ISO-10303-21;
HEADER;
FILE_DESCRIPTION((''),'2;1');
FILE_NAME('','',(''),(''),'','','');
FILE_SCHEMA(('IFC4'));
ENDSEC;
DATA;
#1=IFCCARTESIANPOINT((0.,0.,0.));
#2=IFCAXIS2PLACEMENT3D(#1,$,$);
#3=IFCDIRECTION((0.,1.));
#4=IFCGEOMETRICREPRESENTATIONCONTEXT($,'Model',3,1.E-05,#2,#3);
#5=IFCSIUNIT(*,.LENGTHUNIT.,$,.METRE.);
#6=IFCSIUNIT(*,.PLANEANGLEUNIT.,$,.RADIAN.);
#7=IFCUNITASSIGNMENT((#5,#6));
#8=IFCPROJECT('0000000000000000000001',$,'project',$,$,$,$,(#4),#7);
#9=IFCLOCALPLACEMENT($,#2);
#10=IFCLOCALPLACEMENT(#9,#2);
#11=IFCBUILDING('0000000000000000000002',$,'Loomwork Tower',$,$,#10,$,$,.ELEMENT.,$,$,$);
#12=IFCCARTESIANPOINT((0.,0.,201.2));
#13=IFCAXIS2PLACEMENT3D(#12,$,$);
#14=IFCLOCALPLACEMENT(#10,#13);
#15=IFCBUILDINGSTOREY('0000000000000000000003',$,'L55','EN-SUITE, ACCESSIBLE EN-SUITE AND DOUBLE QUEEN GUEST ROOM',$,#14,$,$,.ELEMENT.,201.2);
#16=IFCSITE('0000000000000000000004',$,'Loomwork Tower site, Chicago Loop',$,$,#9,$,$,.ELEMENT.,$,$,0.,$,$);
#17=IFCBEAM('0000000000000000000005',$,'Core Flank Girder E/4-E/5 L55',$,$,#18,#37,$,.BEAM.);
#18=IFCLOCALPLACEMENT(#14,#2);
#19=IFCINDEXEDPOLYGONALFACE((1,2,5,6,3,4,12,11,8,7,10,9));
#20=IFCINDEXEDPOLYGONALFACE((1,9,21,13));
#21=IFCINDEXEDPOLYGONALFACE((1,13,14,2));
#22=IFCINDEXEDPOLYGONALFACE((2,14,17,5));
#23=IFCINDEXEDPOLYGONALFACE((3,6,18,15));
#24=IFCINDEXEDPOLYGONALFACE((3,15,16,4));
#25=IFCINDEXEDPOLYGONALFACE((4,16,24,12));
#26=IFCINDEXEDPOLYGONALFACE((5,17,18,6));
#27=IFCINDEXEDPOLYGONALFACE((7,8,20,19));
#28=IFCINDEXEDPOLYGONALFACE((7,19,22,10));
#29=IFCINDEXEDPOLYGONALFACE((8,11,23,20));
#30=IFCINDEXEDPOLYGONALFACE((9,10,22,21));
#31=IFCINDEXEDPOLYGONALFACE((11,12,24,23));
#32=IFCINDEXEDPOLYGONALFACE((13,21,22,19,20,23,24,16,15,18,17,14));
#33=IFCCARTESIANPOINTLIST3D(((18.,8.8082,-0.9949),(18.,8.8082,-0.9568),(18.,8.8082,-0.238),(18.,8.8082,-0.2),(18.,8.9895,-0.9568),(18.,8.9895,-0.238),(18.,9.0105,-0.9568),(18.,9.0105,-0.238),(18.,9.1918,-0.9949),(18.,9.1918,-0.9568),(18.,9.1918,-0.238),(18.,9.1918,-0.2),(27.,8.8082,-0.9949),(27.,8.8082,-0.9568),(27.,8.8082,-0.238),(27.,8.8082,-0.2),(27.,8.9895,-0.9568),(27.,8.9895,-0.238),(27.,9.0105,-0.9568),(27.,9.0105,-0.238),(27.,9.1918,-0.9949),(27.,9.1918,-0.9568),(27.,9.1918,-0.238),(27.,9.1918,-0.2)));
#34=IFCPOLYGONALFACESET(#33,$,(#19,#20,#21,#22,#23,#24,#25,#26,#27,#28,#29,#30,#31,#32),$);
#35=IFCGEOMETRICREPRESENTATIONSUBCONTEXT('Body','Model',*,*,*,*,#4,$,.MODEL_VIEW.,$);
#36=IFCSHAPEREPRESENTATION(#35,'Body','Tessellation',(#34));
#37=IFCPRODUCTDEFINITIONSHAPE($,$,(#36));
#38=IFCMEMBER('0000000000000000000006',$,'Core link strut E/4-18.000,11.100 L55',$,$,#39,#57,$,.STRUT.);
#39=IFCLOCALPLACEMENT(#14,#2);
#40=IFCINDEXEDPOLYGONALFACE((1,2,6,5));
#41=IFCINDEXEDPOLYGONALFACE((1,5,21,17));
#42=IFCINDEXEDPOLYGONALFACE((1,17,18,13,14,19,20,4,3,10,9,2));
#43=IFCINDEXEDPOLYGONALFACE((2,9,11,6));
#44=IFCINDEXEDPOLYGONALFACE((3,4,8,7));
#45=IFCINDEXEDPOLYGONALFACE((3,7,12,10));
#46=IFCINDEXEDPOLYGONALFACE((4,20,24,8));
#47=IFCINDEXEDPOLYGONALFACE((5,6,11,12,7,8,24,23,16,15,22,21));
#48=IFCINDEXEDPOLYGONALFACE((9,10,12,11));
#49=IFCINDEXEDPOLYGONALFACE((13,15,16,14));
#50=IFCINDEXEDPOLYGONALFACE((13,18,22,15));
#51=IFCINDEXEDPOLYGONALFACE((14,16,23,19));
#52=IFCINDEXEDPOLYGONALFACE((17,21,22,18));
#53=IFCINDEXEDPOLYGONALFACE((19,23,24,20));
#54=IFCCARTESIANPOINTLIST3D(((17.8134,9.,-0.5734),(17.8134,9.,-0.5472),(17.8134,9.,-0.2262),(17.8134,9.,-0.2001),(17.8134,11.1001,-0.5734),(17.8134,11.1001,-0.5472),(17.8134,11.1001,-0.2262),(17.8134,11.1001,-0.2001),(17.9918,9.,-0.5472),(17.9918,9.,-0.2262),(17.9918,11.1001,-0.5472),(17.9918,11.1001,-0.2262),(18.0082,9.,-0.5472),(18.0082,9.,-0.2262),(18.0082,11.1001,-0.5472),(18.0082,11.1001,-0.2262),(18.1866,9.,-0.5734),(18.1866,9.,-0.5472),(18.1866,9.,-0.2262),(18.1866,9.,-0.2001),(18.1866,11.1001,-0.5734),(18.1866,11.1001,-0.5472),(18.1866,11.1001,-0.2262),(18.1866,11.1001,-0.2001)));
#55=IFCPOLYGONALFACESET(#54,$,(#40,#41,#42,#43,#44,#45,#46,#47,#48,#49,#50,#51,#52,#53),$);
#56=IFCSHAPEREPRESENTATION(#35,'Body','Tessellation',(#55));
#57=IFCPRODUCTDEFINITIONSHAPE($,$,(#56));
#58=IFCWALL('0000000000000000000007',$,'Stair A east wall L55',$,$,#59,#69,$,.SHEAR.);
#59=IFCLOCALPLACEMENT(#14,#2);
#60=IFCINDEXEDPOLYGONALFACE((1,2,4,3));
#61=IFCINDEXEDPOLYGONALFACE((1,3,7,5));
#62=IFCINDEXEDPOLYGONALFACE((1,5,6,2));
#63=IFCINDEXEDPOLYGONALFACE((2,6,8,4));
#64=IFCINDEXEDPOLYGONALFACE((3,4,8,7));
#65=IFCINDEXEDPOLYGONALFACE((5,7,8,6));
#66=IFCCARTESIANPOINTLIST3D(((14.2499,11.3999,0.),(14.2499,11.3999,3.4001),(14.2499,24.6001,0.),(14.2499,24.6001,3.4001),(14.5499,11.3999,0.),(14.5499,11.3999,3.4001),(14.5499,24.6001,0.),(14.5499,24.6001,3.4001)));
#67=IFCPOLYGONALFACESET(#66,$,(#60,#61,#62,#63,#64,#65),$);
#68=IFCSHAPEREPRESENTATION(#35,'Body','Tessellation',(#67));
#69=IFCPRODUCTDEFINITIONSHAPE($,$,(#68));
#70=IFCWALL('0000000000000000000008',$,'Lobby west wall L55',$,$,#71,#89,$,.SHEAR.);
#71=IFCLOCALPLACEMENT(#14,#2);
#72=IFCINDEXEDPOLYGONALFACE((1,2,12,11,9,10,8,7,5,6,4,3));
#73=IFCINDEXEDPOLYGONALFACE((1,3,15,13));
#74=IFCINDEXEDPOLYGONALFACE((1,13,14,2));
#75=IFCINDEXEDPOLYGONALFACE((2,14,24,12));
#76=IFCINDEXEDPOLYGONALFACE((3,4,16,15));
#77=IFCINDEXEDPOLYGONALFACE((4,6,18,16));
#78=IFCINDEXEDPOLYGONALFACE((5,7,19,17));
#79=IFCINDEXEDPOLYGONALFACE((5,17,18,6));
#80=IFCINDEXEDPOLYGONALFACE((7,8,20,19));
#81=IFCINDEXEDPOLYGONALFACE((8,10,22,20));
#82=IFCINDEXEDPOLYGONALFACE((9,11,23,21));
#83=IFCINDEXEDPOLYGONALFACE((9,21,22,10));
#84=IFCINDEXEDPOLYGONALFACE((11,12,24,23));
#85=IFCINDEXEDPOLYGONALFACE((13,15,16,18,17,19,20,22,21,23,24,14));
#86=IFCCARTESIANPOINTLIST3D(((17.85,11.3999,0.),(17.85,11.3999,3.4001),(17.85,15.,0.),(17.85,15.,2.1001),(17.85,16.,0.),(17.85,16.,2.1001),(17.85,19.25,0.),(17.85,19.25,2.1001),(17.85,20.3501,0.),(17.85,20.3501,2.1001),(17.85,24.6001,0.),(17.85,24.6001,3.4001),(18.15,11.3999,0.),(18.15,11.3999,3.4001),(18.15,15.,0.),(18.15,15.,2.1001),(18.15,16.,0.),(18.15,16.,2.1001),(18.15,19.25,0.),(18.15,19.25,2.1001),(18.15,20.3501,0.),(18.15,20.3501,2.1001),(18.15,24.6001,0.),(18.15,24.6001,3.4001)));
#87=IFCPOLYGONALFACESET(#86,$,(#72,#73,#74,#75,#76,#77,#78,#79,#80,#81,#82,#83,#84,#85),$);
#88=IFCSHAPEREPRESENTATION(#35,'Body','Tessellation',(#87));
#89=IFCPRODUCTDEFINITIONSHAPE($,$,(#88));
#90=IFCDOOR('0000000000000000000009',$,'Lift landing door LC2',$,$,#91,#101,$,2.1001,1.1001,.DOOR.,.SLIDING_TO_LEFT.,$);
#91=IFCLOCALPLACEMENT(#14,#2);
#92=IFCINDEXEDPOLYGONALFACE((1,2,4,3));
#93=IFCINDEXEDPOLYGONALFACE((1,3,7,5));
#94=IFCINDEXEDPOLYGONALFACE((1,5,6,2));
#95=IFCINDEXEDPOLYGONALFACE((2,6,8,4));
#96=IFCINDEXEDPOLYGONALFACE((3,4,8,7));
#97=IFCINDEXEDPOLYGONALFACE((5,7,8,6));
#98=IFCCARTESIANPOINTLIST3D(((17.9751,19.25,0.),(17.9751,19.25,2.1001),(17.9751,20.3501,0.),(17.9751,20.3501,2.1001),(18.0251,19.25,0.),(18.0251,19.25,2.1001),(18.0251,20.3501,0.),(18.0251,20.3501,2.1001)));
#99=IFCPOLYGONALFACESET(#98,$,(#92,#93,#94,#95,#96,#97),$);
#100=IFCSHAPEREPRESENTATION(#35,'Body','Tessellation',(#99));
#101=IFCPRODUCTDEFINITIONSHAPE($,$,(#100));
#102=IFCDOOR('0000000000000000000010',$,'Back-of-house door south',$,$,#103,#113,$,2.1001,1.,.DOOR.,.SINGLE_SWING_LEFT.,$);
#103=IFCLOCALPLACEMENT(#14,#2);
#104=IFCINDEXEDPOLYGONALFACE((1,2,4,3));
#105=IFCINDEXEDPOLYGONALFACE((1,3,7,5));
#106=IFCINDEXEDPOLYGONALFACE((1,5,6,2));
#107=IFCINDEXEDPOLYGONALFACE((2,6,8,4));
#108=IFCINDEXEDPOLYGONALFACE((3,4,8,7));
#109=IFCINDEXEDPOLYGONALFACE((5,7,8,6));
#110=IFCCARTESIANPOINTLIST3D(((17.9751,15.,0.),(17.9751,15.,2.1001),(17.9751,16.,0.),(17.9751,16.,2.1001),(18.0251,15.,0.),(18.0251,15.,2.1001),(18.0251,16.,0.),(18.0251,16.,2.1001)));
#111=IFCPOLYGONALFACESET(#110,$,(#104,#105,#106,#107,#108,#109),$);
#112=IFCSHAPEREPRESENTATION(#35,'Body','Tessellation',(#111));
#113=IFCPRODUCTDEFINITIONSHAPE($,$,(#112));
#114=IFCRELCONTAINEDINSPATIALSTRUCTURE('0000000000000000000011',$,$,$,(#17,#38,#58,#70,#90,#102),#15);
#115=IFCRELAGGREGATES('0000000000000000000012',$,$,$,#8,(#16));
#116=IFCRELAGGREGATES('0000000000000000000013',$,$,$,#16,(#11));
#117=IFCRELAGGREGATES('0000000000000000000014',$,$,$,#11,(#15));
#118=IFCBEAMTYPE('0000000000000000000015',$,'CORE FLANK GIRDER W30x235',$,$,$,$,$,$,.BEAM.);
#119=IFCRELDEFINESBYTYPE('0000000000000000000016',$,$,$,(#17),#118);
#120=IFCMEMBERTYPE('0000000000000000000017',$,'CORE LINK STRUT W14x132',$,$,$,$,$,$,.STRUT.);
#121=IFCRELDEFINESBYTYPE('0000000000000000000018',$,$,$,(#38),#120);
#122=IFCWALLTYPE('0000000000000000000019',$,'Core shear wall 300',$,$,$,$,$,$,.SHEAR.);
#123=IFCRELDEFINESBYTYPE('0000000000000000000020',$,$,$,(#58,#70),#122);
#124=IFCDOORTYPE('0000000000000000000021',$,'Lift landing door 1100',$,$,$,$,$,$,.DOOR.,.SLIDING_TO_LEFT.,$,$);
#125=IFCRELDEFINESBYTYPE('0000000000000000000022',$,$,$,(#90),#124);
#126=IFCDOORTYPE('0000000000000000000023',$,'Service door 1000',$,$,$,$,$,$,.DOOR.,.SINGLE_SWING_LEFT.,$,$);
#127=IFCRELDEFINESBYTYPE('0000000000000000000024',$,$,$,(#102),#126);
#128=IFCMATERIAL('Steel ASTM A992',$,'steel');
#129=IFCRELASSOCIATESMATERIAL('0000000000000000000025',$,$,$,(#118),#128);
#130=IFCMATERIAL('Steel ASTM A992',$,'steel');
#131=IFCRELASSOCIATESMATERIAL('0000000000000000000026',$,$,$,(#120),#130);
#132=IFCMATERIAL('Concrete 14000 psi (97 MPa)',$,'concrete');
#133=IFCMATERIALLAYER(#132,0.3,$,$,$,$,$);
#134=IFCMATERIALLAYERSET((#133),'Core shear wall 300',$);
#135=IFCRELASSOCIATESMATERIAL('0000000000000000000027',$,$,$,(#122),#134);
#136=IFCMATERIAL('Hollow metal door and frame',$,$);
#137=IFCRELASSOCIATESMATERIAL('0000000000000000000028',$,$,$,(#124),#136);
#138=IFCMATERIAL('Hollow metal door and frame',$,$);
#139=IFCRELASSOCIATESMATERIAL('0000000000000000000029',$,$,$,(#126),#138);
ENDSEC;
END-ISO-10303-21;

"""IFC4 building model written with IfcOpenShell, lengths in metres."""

from ifc_helpers import new_model, si_unit, direction, frame, frame_2d, origin, origin_2d, place, context, subcontext, project, spatial, rectangle, i_section, extrude, material, layer, layer_set, material_profile, profile_set, type_object, element, fill, save


model = new_model("IFC4")

# Units and contexts
model_context = context("Model", 3, precision=1e-05, world=origin(), true_north=direction((0.0, 1.0)))
body_context = subcontext(model_context, "Body", "Model", "MODEL_VIEW")
ifc_project = project(units=[si_unit("LENGTHUNIT", "METRE"), si_unit("PLANEANGLEUNIT", "RADIAN")], contexts=[model_context])

# Site, building, storey
site_placement = place(None, origin())
site = spatial("IfcSite", under=ifc_project, at=site_placement, Name="Loomwork Tower site, Chicago Loop", CompositionType="ELEMENT", RefElevation=0.0)
building_placement = place(site_placement, origin())
building = spatial("IfcBuilding", under=site, at=building_placement, Name="Loomwork Tower", CompositionType="ELEMENT")
storey_placement = place(building_placement, frame((0.0, 0.0, 201.2)))
storey = spatial("IfcBuildingStorey", under=building, at=storey_placement, Name="L55", Description="EN-SUITE, ACCESSIBLE EN-SUITE AND DOUBLE QUEEN GUEST ROOM", CompositionType="ELEMENT", Elevation=201.2)

# Beam
ifc_material_1 = material(Name="Steel ASTM A992", Category="steel")
ifc_material_profile_1 = material_profile(ifc_material_1, i_section(OverallWidth=0.3835, OverallDepth=0.7949, WebThickness=0.021, FlangeThickness=0.0381, at=origin_2d()), Name="W30x235")
ifc_profile_set_1 = profile_set([ifc_material_profile_1], Name="Steel ASTM A992")
beam_type = type_object("IfcBeamType", Name="CORE FLANK GIRDER W30x235", PredefinedType="BEAM", material=ifc_profile_set_1)
beam_placement = place(storey_placement, frame((18.0, 9.0, -0.5974), z_axis=(1.0, 0.0, 0.0), x_axis=(0.0, 1.0, 0.0)))
element("IfcBeam", 1, at=beam_placement, inside=storey, type_object=beam_type, Name="Core Flank Girder E/4-E/5 L55", PredefinedType="BEAM", context=body_context, shape_type="SweptSolid", body=[
    extrude(i_section(OverallWidth=0.3835, OverallDepth=0.7949, WebThickness=0.021, FlangeThickness=0.0381, at=origin_2d()), origin(), (0.0, 0.0, 1.0), 9.0),
])

# Member
ifc_material_2 = material(Name="Steel ASTM A992", Category="steel")
ifc_material_profile_2 = material_profile(ifc_material_2, i_section(OverallWidth=0.3733, OverallDepth=0.3733, WebThickness=0.0164, FlangeThickness=0.0261, at=origin_2d()), Name="W14x132")
ifc_profile_set_2 = profile_set([ifc_material_profile_2], Name="Steel ASTM A992")
member_type = type_object("IfcMemberType", Name="CORE LINK STRUT W14x132", PredefinedType="STRUT", material=ifc_profile_set_2)
member_placement = place(storey_placement, frame((18.0, 9.0, -0.3867), z_axis=(0.0, 1.0, 0.0), x_axis=(-1.0, 0.0, 0.0)))
element("IfcMember", 2, at=member_placement, inside=storey, type_object=member_type, Name="Core link strut E/4-18.000,11.100 L55", PredefinedType="STRUT", context=body_context, shape_type="SweptSolid", body=[
    extrude(i_section(OverallWidth=0.3733, OverallDepth=0.3733, WebThickness=0.0164, FlangeThickness=0.0261, at=origin_2d()), origin(), (0.0, 0.0, 1.0), 2.1001),
])

# Wall
ifc_material_3 = material(Name="Concrete 14000 psi (97 MPa)", Category="concrete")
ifc_layer_1 = layer(ifc_material_3, 0.3)
ifc_layer_set_1 = layer_set([ifc_layer_1], Name="Core shear wall 300")
wall_type_1 = type_object("IfcWallType", Name="Core shear wall 300", PredefinedType="SHEAR", material=ifc_layer_set_1)
wall_1_placement = place(storey_placement, frame((14.3999, 11.3999, 0.0), z_axis=(0.0, 0.0, 1.0), x_axis=(0.0, 1.0, 0.0)))
element("IfcWall", 3, at=wall_1_placement, inside=storey, type_object=wall_type_1, Name="Stair A east wall L55", PredefinedType="SHEAR", context=body_context, shape_type="SweptSolid", body=[
    extrude(rectangle(XDim=13.2002, YDim=0.3, at=frame_2d((6.6001, 0.0))), origin(), (0.0, 0.0, 1.0), 3.4001),
])

# Wall, openings, doors
wall_2_placement = place(storey_placement, frame((18.0, 11.3999, 0.0), z_axis=(0.0, 0.0, 1.0), x_axis=(0.0, 1.0, 0.0)))
wall_2 = element("IfcWall", 4, at=wall_2_placement, inside=storey, type_object=wall_type_1, Name="Lobby west wall L55", PredefinedType="SHEAR", context=body_context, shape_type="SweptSolid", body=[
    extrude(rectangle(XDim=13.2002, YDim=0.3, at=frame_2d((6.6001, 0.0))), origin(), (0.0, 0.0, 1.0), 3.4001),
])
opening_1_placement = place(wall_2_placement, frame((3.6001, 0.0, 0.0)))
opening_1 = element("IfcOpeningElement", 5, at=opening_1_placement, cuts=wall_2, PredefinedType="OPENING", context=body_context, shape_type="SweptSolid", body=[
    extrude(rectangle(XDim=1.0, YDim=2.1001, at=frame_2d((0.5, 1.05))), frame((0.0, 0.1599, 0.0), z_axis=(0.0, -1.0, 0.0), x_axis=(1.0, 0.0, 0.0)), (0.0, 0.0, 1.0), 0.3201),
])
opening_2_placement = place(wall_2_placement, frame((7.8501, 0.0, 0.0)))
opening_2 = element("IfcOpeningElement", 6, at=opening_2_placement, cuts=wall_2, PredefinedType="OPENING", context=body_context, shape_type="SweptSolid", body=[
    extrude(rectangle(XDim=1.1001, YDim=2.1001, at=frame_2d((0.55, 1.05))), frame((0.0, 0.1599, 0.0), z_axis=(0.0, -1.0, 0.0), x_axis=(1.0, 0.0, 0.0)), (0.0, 0.0, 1.0), 0.3201),
])
ifc_material_4 = material(Name="Hollow metal door and frame")
door_type_1 = type_object("IfcDoorType", Name="Lift landing door 1100", OperationType="SLIDING_TO_LEFT", PredefinedType="DOOR", material=ifc_material_4)
door_1_placement = place(opening_2_placement, origin())
door_1 = element("IfcDoor", 7, at=door_1_placement, inside=storey, type_object=door_type_1, Name="Lift landing door LC2", OperationType="SLIDING_TO_LEFT", OverallHeight=2.1001, OverallWidth=1.1001, PredefinedType="DOOR", context=body_context, shape_type="SweptSolid", body=[
    extrude(rectangle(XDim=1.1001, YDim=2.1001, at=frame_2d((0.55, 1.05))), frame((0.0, 0.0249, 0.0), z_axis=(0.0, -1.0, 0.0), x_axis=(1.0, 0.0, 0.0)), (0.0, 0.0, 1.0), 0.05),
])
fill(opening_2, door_1)
ifc_material_5 = material(Name="Hollow metal door and frame")
door_type_2 = type_object("IfcDoorType", Name="Service door 1000", OperationType="SINGLE_SWING_LEFT", PredefinedType="DOOR", material=ifc_material_5)
door_2_placement = place(opening_1_placement, origin())
door_2 = element("IfcDoor", 8, at=door_2_placement, inside=storey, type_object=door_type_2, Name="Back-of-house door south", OperationType="SINGLE_SWING_LEFT", OverallHeight=2.1001, OverallWidth=1.0, PredefinedType="DOOR", context=body_context, shape_type="SweptSolid", body=[
    extrude(rectangle(XDim=1.0, YDim=2.1001, at=frame_2d((0.5, 1.05))), frame((0.0, 0.0249, 0.0), z_axis=(0.0, -1.0, 0.0), x_axis=(1.0, 0.0, 0.0)), (0.0, 0.0, 1.0), 0.05),
])
fill(opening_1, door_2)

save(model, "model.ifc")
